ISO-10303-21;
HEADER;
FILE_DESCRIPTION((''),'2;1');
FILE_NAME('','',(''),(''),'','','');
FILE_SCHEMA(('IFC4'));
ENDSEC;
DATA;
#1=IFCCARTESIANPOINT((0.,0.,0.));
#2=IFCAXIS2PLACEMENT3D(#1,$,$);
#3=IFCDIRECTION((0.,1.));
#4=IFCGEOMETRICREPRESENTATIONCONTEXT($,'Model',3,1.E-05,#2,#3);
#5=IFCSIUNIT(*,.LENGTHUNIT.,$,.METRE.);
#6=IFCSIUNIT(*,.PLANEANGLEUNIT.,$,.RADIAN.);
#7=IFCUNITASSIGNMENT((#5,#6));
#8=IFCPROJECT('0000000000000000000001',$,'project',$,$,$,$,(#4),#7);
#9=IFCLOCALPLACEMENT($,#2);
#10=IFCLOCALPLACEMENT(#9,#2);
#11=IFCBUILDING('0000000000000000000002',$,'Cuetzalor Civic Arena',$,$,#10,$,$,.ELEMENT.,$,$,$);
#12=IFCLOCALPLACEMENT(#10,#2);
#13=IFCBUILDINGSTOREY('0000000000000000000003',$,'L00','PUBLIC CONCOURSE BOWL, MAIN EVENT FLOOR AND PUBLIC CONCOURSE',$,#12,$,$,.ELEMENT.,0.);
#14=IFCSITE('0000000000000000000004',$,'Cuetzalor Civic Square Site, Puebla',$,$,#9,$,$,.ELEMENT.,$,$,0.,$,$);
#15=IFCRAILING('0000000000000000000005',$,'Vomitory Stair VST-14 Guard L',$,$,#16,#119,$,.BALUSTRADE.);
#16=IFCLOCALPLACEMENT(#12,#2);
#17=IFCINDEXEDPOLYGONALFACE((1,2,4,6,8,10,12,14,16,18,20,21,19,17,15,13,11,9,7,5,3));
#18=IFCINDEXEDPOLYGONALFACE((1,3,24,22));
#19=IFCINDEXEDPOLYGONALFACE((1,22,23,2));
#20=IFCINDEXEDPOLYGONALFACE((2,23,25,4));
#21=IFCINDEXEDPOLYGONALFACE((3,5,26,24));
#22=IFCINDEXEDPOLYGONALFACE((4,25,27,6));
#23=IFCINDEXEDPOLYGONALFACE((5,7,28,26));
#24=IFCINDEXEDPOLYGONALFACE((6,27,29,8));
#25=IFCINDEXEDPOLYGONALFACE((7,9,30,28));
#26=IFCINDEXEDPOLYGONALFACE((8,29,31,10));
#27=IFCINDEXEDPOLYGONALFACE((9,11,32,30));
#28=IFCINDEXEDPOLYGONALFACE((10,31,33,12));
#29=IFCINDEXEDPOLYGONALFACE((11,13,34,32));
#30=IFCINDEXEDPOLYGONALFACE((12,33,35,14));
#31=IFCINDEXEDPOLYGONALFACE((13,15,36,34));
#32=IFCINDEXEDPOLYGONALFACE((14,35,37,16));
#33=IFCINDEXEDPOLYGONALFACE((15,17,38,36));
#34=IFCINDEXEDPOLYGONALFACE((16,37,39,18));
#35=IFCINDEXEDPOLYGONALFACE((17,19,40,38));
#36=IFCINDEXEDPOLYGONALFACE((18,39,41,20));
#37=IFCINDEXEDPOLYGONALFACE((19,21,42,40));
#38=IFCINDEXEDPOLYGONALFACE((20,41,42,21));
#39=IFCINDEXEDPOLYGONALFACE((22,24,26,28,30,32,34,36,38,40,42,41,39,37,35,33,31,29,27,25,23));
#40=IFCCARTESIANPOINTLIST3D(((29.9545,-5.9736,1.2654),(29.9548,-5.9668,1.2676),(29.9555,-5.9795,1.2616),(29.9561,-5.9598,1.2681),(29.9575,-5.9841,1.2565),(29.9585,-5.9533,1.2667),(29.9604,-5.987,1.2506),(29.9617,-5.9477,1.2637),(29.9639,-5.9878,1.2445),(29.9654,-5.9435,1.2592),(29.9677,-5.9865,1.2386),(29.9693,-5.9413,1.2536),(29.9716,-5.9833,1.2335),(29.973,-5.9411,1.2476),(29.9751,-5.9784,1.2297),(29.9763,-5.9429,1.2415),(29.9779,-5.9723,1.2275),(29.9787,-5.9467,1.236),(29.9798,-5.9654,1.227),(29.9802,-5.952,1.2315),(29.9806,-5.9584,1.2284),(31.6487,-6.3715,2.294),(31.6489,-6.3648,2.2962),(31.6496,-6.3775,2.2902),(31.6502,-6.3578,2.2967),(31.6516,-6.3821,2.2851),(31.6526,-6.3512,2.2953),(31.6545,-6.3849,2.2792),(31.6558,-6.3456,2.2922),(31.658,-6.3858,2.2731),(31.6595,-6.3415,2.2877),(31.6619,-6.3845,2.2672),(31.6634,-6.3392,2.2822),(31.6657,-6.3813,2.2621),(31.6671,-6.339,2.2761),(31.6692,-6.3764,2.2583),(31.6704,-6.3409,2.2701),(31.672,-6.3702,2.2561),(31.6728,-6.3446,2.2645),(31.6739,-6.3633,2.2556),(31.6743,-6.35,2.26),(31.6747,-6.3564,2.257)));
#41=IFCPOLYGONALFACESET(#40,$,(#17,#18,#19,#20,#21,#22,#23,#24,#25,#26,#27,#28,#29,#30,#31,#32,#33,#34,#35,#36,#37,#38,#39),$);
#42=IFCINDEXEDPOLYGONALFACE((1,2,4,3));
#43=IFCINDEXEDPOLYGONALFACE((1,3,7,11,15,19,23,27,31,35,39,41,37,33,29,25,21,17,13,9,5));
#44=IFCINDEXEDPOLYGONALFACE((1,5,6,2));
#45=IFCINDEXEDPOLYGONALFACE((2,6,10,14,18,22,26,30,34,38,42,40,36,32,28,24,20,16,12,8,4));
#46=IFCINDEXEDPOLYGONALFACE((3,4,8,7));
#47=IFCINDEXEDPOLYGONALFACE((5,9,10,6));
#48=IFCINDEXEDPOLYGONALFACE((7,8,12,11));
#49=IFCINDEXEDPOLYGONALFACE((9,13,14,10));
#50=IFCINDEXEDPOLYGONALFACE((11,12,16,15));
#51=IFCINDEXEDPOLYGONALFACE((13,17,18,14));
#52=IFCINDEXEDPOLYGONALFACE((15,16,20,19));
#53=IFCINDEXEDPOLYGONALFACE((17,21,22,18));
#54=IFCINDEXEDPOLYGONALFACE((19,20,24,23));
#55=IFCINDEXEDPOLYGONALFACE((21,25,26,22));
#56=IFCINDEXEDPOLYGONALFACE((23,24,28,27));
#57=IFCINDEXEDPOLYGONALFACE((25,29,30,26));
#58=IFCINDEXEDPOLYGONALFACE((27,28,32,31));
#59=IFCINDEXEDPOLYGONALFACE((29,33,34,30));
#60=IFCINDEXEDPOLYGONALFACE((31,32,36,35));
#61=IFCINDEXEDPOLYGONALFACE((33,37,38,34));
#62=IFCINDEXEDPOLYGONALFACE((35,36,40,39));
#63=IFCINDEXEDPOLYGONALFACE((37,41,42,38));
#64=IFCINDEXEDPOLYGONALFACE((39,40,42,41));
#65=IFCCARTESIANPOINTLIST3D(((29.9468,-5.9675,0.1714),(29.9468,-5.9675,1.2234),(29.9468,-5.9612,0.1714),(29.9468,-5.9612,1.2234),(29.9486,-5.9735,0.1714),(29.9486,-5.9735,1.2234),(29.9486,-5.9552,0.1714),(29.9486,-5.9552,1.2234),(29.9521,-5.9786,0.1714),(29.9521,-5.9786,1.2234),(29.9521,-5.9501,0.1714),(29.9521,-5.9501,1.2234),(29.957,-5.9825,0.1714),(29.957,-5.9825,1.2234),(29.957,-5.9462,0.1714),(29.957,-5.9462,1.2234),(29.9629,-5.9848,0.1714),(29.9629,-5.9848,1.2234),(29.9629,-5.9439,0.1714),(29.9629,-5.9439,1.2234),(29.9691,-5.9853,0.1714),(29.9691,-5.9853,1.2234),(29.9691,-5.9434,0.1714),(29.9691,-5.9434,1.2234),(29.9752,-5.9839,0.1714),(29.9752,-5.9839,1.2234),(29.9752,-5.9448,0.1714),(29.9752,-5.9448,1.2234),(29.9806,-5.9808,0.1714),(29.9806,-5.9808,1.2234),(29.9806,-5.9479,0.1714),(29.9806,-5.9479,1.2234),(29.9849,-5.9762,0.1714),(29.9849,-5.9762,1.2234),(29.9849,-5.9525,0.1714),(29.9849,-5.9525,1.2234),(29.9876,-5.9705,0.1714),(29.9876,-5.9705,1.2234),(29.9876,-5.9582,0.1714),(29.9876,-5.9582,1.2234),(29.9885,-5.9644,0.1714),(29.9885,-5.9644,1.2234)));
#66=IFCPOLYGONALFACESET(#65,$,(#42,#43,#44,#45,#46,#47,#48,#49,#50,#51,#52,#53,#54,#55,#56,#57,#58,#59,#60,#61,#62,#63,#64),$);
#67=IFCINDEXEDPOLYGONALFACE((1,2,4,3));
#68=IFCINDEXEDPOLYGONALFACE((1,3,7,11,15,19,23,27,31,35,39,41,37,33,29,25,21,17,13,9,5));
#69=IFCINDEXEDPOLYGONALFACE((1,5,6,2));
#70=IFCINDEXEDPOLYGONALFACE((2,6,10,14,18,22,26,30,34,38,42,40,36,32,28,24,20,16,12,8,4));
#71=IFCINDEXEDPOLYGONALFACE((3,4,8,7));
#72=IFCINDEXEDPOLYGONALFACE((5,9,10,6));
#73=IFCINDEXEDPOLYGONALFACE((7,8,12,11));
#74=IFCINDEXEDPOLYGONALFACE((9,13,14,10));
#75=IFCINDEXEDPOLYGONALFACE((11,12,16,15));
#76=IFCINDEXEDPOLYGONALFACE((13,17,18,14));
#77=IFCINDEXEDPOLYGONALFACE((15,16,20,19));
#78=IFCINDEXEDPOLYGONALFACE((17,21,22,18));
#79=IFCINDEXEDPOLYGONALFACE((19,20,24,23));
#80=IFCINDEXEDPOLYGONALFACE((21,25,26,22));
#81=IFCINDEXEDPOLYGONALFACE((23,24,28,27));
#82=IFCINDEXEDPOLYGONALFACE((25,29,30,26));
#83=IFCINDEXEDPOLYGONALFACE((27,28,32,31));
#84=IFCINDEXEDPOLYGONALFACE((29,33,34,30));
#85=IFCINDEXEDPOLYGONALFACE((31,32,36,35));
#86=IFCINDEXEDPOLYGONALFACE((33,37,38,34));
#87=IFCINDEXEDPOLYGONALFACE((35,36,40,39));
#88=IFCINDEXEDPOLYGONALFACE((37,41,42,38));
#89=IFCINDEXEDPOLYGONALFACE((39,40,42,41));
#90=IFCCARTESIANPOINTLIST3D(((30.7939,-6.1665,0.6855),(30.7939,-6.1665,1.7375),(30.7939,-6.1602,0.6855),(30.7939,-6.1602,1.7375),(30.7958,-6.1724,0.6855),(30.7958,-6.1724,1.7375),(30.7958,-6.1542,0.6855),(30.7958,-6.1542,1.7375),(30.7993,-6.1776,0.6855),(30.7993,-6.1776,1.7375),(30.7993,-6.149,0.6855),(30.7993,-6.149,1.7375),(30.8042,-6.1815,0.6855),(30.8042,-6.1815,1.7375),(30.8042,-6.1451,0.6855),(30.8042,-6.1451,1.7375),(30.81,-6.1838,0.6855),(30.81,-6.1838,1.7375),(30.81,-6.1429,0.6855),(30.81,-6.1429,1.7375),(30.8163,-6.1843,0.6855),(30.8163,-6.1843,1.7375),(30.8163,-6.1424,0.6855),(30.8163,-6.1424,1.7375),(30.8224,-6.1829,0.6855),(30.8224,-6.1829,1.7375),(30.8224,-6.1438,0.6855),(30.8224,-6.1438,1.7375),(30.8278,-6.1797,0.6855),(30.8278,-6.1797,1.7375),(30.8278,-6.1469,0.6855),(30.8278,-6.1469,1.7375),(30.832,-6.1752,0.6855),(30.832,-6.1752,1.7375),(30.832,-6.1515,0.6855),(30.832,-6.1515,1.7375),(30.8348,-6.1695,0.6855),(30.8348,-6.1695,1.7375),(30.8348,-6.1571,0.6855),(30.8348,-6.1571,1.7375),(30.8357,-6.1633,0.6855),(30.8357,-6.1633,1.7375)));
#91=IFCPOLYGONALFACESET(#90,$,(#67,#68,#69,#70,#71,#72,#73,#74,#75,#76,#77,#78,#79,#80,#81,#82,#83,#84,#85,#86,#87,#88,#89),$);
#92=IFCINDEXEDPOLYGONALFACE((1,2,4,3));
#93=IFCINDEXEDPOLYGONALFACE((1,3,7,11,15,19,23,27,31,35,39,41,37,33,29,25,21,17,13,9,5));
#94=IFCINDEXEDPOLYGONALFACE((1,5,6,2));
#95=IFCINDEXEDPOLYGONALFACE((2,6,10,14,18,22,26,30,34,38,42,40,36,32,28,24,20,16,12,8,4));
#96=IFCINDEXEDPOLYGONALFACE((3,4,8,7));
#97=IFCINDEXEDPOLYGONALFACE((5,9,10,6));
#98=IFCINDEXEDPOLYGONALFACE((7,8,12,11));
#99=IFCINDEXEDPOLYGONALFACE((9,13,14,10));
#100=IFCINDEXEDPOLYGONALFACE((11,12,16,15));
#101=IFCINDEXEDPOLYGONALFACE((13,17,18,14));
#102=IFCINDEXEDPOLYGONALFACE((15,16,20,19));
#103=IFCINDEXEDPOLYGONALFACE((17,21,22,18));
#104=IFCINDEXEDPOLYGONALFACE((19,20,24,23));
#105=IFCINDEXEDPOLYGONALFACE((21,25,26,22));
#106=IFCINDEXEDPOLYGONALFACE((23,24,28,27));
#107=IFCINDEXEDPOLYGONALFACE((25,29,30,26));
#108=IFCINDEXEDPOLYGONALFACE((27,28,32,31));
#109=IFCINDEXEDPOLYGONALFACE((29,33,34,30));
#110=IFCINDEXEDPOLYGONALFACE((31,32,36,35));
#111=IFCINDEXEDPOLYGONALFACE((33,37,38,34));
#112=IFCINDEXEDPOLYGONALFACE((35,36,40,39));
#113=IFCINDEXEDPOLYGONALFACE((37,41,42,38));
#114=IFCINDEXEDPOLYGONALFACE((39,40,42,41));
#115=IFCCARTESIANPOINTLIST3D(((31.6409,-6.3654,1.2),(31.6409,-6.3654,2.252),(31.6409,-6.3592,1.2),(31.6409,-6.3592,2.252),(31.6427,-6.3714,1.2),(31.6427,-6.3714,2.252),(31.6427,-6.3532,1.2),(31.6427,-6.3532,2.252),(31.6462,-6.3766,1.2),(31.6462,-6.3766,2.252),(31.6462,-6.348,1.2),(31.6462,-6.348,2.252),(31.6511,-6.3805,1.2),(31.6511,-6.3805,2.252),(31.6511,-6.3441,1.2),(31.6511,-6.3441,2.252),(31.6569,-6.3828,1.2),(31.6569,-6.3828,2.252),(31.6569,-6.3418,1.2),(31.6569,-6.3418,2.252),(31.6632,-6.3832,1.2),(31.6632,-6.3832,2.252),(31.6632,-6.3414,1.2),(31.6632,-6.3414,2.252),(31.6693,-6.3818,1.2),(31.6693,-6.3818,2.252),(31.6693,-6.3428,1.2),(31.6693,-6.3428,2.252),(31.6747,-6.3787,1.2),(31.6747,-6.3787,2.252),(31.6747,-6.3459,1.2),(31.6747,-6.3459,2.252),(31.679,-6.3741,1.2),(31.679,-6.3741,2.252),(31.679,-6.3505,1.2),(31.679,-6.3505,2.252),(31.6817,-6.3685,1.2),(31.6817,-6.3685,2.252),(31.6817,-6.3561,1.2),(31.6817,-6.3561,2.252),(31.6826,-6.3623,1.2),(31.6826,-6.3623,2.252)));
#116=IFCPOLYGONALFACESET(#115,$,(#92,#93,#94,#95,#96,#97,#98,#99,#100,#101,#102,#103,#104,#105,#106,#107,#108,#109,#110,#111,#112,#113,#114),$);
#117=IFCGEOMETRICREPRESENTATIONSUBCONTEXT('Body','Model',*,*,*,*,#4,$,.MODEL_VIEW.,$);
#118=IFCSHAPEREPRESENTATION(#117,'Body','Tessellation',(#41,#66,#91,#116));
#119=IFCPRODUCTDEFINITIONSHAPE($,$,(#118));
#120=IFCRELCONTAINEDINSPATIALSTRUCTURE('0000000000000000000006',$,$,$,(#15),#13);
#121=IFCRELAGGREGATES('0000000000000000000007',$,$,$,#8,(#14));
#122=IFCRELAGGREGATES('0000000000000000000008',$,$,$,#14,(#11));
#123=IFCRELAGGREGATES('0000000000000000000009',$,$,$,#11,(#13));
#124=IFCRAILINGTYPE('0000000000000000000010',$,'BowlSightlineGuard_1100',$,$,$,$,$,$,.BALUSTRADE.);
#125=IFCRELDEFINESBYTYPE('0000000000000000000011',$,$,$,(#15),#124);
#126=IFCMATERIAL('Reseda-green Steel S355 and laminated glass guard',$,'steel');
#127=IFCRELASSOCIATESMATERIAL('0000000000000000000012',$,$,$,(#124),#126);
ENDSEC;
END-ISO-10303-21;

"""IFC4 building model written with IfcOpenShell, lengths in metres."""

from ifc_helpers import new_model, si_unit, direction, frame, origin, origin_2d, place, context, subcontext, project, spatial, circle, extrude, material, type_object, element, save


model = new_model("IFC4")

# Units and contexts
model_context = context("Model", 3, precision=1e-05, world=origin(), true_north=direction((0.0, 1.0)))
body_context = subcontext(model_context, "Body", "Model", "MODEL_VIEW")
ifc_project = project(units=[si_unit("LENGTHUNIT", "METRE"), si_unit("PLANEANGLEUNIT", "RADIAN")], contexts=[model_context])

# Site, building, storey
site_placement = place(None, origin())
site = spatial("IfcSite", under=ifc_project, at=site_placement, Name="Cuetzalor Civic Square Site, Puebla", CompositionType="ELEMENT", RefElevation=0.0)
building_placement = place(site_placement, origin())
building = spatial("IfcBuilding", under=site, at=building_placement, Name="Cuetzalor Civic Arena", CompositionType="ELEMENT")
storey_placement = place(building_placement, origin())
storey = spatial("IfcBuildingStorey", under=building, at=storey_placement, Name="L00", Description="PUBLIC CONCOURSE BOWL, MAIN EVENT FLOOR AND PUBLIC CONCOURSE", CompositionType="ELEMENT", Elevation=0.0)

# Railing
ifc_material_1 = material(Name="Reseda-green Steel S355 and laminated glass guard", Category="steel")
railing_type_1 = type_object("IfcRailingType", Name="BowlSightlineGuard_1100", PredefinedType="BALUSTRADE", material=ifc_material_1)
railing_1_placement = place(storey_placement, frame((29.9675, -5.9644, 0.1714)))
element("IfcRailing", 1, at=railing_1_placement, inside=storey, type_object=railing_type_1, Name="Vomitory Stair VST-14 Guard L", PredefinedType="BALUSTRADE", context=body_context, shape_type="SweptSolid", body=[
    extrude(circle(Radius=0.0239, at=origin_2d()), frame((0.0, 0.0, 1.0762), z_axis=(0.838058, -0.196863, 0.508825), x_axis=(0.22868, 0.973502, 0.0)), (0.0, 0.0, 1.0), 2.0215),
    extrude(circle(Radius=0.021, at=origin_2d()), origin(), (0.0, 0.0, 1.0), 1.052),
    extrude(circle(Radius=0.021, at=origin_2d()), frame((0.8472, -0.199, 0.5142)), (0.0, 0.0, 1.0), 1.052),
    extrude(circle(Radius=0.021, at=origin_2d()), frame((1.6941, -0.3979, 1.0286)), (0.0, 0.0, 1.0), 1.052),
])

save(model, "model.ifc")
